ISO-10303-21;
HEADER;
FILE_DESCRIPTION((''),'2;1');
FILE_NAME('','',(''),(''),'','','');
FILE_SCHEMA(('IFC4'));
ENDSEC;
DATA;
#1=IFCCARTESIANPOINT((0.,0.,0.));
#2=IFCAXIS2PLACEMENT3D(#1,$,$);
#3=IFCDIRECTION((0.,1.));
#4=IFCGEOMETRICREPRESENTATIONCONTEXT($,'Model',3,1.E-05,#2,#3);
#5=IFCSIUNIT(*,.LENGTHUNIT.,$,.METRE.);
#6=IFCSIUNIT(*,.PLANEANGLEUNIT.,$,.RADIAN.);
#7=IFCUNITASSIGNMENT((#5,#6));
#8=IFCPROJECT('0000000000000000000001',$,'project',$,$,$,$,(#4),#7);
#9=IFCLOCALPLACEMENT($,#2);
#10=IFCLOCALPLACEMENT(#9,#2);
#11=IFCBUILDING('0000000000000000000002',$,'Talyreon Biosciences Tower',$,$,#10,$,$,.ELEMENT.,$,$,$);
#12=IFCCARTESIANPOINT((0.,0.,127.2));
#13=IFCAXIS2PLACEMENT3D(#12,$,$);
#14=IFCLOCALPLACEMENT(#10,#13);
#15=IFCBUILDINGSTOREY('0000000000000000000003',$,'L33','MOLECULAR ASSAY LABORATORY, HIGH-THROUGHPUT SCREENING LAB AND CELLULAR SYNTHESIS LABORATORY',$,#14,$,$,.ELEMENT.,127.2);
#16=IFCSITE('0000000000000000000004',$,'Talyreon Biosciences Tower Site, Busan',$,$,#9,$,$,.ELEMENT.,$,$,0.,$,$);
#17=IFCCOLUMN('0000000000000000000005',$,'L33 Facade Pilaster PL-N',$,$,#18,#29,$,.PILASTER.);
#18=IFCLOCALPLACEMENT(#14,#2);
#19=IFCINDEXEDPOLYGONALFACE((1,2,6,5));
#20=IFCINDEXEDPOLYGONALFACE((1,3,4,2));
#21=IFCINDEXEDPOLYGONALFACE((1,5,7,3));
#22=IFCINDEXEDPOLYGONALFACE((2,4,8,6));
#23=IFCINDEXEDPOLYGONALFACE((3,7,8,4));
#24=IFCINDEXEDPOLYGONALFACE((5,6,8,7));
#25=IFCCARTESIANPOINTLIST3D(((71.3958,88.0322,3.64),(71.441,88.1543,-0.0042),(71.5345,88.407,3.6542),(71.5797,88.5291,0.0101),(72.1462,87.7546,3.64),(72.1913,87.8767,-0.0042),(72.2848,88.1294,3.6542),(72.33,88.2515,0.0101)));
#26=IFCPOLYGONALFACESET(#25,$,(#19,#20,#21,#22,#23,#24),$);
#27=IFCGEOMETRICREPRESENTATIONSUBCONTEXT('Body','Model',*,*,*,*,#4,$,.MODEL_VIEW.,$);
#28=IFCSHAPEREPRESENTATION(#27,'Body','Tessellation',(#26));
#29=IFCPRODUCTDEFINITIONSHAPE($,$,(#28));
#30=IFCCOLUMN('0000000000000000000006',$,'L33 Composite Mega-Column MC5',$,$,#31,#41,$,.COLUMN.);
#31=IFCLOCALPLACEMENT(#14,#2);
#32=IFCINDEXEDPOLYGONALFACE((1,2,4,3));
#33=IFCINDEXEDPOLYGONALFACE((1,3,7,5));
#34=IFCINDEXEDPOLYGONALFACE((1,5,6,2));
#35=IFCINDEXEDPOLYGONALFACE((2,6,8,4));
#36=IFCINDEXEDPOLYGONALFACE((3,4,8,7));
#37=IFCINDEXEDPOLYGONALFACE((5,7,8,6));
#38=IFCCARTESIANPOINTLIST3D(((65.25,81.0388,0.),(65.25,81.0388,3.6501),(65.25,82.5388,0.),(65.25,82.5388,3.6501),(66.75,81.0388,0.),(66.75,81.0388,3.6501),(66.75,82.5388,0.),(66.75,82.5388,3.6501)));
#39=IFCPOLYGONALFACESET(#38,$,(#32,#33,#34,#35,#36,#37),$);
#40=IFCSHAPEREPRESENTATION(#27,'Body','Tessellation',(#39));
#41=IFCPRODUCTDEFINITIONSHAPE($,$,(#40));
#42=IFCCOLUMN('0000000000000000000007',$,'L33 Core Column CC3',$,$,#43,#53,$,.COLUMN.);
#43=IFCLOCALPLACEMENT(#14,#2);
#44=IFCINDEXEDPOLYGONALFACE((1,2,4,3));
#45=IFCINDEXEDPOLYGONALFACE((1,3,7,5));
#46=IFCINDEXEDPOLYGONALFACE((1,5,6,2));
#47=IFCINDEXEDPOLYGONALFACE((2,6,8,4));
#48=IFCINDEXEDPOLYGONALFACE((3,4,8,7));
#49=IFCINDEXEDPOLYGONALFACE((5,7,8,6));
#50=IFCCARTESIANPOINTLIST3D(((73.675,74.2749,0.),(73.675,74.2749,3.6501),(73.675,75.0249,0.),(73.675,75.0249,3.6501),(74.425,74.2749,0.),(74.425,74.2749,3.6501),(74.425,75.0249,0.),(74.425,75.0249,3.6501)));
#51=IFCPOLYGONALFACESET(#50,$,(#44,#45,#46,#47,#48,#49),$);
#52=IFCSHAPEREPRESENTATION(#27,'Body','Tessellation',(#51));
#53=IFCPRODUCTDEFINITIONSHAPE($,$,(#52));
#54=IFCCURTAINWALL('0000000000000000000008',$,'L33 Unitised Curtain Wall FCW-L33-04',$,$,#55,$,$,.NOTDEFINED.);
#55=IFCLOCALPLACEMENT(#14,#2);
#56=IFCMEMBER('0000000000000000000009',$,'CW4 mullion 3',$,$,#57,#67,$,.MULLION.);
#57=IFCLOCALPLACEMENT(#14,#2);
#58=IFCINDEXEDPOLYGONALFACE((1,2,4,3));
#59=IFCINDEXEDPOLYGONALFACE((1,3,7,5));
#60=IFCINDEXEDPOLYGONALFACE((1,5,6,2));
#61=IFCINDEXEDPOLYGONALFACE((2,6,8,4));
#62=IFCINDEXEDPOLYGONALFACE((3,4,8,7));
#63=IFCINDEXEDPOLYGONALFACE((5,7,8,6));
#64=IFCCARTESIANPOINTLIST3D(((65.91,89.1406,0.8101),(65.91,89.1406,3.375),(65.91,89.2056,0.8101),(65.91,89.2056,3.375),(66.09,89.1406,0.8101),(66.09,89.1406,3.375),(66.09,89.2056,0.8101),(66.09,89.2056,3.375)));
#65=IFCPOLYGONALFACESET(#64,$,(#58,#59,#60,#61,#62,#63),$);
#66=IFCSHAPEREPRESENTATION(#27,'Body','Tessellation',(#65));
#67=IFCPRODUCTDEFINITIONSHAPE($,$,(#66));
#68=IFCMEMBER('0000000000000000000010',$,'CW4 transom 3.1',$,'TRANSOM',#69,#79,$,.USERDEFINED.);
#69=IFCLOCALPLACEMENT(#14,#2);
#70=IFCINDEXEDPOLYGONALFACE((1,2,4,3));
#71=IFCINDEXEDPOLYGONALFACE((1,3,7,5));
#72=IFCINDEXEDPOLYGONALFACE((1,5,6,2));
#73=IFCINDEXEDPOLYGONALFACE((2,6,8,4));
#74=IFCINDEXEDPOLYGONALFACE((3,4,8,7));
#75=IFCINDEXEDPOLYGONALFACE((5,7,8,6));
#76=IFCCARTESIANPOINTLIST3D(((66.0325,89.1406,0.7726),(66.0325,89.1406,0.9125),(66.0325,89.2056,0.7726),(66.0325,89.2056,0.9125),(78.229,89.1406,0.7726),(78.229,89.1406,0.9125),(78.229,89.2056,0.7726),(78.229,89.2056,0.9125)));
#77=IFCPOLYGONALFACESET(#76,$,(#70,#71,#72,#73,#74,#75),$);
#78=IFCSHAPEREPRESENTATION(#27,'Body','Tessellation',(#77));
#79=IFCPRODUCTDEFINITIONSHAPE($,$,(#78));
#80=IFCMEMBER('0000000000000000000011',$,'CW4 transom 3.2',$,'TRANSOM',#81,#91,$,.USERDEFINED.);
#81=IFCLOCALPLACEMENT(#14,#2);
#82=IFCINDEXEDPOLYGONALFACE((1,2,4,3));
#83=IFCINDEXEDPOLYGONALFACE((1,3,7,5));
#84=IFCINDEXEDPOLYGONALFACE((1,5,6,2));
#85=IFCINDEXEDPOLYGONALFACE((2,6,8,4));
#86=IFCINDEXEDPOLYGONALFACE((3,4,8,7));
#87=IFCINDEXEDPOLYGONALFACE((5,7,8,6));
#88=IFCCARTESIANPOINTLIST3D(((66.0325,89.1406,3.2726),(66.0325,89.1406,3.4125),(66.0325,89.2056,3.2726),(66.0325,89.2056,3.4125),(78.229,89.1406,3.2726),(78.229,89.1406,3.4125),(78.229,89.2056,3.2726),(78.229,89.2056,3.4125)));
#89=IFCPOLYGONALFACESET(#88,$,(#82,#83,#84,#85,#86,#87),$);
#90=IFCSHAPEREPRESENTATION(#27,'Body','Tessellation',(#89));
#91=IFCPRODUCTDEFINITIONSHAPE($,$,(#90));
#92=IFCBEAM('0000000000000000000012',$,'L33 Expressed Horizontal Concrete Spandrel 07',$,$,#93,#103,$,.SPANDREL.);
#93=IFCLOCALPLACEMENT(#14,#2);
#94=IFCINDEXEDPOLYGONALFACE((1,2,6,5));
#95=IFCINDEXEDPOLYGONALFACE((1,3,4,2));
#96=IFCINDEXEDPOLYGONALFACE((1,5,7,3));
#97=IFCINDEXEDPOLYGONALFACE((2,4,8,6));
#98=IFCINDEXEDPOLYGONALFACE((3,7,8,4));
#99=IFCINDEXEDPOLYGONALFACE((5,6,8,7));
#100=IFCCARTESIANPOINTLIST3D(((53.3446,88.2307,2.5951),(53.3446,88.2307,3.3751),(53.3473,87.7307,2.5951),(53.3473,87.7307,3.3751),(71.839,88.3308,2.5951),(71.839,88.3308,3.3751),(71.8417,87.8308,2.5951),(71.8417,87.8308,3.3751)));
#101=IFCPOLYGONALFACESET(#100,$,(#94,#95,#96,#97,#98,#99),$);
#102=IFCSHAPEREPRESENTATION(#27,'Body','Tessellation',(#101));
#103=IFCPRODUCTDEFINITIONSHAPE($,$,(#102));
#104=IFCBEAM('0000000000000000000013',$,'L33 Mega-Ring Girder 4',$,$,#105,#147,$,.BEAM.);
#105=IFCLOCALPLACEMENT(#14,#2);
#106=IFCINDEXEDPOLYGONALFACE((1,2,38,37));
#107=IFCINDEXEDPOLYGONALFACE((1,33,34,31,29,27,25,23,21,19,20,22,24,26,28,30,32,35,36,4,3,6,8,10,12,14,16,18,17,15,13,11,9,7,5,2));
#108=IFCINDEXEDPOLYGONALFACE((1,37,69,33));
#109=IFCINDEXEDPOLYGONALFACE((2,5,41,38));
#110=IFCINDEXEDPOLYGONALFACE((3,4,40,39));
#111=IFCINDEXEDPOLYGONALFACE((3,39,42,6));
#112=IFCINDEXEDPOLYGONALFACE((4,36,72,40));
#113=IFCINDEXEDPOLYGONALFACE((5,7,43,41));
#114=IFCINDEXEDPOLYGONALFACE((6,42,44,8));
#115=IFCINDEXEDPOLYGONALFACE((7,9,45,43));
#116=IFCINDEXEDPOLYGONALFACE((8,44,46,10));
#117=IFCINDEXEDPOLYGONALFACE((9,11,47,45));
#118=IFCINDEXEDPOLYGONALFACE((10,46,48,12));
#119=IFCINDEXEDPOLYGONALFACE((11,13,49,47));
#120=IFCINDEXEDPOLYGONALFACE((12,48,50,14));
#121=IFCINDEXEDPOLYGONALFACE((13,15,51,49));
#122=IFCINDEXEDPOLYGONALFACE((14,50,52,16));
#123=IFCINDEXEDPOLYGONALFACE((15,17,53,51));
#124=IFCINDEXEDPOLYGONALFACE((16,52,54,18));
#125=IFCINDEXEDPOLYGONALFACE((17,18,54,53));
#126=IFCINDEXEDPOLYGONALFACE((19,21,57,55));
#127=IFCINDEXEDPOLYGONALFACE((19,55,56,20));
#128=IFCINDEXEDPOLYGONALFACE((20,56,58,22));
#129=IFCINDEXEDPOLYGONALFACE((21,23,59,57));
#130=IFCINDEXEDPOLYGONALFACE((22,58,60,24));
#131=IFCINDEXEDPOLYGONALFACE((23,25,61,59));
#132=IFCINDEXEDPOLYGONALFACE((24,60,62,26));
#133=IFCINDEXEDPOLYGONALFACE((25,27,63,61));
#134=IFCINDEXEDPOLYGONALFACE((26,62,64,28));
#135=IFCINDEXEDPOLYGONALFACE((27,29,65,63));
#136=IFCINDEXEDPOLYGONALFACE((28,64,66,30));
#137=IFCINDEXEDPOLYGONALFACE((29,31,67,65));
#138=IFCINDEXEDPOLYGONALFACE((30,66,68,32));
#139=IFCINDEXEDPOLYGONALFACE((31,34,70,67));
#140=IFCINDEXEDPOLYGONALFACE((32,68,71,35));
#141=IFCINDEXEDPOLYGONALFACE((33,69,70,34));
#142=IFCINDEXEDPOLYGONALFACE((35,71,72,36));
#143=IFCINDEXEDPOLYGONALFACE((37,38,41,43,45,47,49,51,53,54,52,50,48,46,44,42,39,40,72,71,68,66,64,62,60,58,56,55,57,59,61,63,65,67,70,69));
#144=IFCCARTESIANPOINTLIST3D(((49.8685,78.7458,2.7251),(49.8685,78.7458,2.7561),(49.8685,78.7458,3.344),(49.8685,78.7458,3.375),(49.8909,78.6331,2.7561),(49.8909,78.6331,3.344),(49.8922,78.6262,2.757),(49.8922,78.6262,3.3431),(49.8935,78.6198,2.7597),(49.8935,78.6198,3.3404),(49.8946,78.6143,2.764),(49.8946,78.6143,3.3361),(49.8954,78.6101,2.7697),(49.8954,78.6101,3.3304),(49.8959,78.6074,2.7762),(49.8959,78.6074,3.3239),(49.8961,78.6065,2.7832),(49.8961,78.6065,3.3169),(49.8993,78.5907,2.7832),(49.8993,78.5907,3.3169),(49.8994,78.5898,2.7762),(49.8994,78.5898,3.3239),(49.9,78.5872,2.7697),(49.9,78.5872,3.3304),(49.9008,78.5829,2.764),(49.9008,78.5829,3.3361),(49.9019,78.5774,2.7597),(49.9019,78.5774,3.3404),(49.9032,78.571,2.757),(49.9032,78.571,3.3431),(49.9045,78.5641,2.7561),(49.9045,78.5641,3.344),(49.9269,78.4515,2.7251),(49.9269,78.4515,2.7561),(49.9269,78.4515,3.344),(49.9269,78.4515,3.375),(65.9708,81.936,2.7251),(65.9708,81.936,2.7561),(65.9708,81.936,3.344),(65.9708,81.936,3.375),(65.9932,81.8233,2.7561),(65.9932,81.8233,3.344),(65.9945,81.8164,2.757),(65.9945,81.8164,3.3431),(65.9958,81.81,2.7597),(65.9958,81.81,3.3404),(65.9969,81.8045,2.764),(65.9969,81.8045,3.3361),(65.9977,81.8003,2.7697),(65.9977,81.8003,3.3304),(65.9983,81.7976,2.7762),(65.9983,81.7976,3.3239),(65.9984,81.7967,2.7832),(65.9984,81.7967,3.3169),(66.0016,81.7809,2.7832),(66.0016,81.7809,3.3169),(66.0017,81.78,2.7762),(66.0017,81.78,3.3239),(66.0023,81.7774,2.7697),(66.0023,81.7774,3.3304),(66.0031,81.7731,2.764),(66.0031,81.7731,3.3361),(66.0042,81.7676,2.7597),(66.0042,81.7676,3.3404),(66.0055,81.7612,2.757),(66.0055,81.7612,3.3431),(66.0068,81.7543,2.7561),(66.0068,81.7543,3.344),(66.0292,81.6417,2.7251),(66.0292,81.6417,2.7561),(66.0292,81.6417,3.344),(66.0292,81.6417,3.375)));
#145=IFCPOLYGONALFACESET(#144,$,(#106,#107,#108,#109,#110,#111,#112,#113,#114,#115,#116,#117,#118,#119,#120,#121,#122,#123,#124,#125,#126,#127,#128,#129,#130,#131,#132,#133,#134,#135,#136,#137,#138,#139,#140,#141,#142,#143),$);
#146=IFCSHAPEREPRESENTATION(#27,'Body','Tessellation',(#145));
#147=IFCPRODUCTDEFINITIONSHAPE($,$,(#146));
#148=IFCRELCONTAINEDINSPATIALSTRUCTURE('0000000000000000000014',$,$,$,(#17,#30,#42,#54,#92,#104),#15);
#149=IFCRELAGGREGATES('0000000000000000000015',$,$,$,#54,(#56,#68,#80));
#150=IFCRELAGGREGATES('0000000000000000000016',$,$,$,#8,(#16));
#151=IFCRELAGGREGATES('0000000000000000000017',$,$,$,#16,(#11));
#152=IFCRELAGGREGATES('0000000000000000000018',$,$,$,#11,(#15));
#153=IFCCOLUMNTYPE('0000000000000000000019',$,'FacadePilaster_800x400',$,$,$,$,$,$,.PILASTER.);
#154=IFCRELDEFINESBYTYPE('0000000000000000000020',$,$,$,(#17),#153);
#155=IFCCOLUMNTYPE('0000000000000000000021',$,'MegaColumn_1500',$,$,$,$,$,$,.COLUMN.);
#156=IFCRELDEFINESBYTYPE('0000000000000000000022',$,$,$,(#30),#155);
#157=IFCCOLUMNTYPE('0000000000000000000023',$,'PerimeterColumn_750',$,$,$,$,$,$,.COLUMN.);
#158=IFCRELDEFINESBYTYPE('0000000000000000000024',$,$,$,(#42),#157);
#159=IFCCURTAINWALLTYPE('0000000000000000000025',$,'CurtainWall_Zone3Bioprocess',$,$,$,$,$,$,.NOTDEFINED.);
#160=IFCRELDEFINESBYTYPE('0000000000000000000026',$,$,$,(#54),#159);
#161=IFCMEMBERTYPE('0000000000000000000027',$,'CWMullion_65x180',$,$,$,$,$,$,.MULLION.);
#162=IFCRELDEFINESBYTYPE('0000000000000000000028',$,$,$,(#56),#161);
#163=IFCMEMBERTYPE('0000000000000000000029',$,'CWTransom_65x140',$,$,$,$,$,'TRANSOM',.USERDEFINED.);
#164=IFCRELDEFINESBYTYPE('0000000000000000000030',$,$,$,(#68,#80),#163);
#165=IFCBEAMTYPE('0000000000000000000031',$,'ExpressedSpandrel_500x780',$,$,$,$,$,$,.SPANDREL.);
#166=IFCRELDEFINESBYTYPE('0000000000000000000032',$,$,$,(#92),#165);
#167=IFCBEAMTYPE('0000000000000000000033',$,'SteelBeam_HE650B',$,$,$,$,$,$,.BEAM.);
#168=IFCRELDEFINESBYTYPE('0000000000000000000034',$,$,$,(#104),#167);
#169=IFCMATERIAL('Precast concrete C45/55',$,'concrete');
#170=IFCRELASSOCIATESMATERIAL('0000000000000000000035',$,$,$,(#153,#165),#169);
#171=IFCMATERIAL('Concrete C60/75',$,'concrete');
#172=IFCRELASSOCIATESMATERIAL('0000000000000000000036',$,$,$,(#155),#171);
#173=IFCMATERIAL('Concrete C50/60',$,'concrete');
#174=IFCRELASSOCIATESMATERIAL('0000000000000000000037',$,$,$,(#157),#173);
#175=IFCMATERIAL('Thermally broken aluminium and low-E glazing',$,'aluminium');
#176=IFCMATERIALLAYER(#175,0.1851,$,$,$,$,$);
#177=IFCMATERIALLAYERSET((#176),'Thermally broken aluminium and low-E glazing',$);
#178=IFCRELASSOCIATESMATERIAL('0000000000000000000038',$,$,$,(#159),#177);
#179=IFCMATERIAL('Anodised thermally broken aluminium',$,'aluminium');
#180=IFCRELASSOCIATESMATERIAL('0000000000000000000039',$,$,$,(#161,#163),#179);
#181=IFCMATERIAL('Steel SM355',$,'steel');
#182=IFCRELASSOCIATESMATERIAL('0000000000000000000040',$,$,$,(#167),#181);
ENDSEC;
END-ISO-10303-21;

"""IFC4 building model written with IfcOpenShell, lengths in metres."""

from ifc_helpers import new_model, si_unit, direction, frame, origin, origin_2d, place, context, subcontext, project, spatial, rectangle, i_section, extrude, material, layer, layer_set, material_profile, profile_set, type_object, element, aggregate, save


model = new_model("IFC4")

# Units and contexts
model_context = context("Model", 3, precision=1e-05, world=origin(), true_north=direction((0.0, 1.0)))
body_context = subcontext(model_context, "Body", "Model", "MODEL_VIEW")
ifc_project = project(units=[si_unit("LENGTHUNIT", "METRE"), si_unit("PLANEANGLEUNIT", "RADIAN")], contexts=[model_context])

# Site, building, storey
site_placement = place(None, origin())
site = spatial("IfcSite", under=ifc_project, at=site_placement, Name="Talyreon Biosciences Tower Site, Busan", CompositionType="ELEMENT", RefElevation=0.0)
building_placement = place(site_placement, origin())
building = spatial("IfcBuilding", under=site, at=building_placement, Name="Talyreon Biosciences Tower", CompositionType="ELEMENT")
storey_placement = place(building_placement, frame((0.0, 0.0, 127.2)))
storey = spatial("IfcBuildingStorey", under=building, at=storey_placement, Name="L33", Description="MOLECULAR ASSAY LABORATORY, HIGH-THROUGHPUT SCREENING LAB AND CELLULAR SYNTHESIS LABORATORY", CompositionType="ELEMENT", Elevation=127.2)

# Columns
ifc_material_1 = material(Name="Precast concrete C45/55", Category="concrete")
ifc_material_profile_1 = material_profile(ifc_material_1, rectangle(XDim=0.8, YDim=0.3999, at=origin_2d()), Name="RC 800x400")
ifc_profile_set_1 = profile_set([ifc_material_profile_1], Name="Precast concrete C45/55")
column_type_1 = type_object("IfcColumnType", Name="FacadePilaster_800x400", PredefinedType="PILASTER", material=ifc_profile_set_1)
column_1_placement = place(storey_placement, frame((71.8855, 88.2029, 0.0029), z_axis=(-0.012387, -0.033477, 0.999363), x_axis=(-0.937862, 0.347009, 0.0)))
element("IfcColumn", 1, at=column_1_placement, inside=storey, type_object=column_type_1, Name="L33 Facade Pilaster PL-N", PredefinedType="PILASTER", context=body_context, shape_type="SweptSolid", body=[
    extrude(rectangle(XDim=0.8, YDim=0.3999, at=origin_2d()), origin(), (0.0, 0.0, 1.0), 3.6465),
])
ifc_material_2 = material(Name="Concrete C60/75", Category="concrete")
ifc_material_profile_2 = material_profile(ifc_material_2, rectangle(XDim=1.5, YDim=1.5, at=origin_2d()), Name="RC 1500x1500")
ifc_profile_set_2 = profile_set([ifc_material_profile_2], Name="Concrete C60/75")
column_type_2 = type_object("IfcColumnType", Name="MegaColumn_1500", PredefinedType="COLUMN", material=ifc_profile_set_2)
column_2_placement = place(storey_placement, frame((66.0, 81.7888, 0.0), z_axis=(0.0, 0.0, 1.0), x_axis=(1.0, 0.0, 0.0)))
element("IfcColumn", 2, at=column_2_placement, inside=storey, type_object=column_type_2, Name="L33 Composite Mega-Column MC5", PredefinedType="COLUMN", context=body_context, shape_type="SweptSolid", body=[
    extrude(rectangle(XDim=1.5, YDim=1.5, at=origin_2d()), origin(), (0.0, 0.0, 1.0), 3.6501),
])
ifc_material_3 = material(Name="Concrete C50/60", Category="concrete")
ifc_material_profile_3 = material_profile(ifc_material_3, rectangle(XDim=0.75, YDim=0.75, at=origin_2d()), Name="RC 750x750")
ifc_profile_set_3 = profile_set([ifc_material_profile_3], Name="Concrete C50/60")
column_type_3 = type_object("IfcColumnType", Name="PerimeterColumn_750", PredefinedType="COLUMN", material=ifc_profile_set_3)
column_3_placement = place(storey_placement, frame((74.05, 74.6499, 0.0), z_axis=(0.0, 0.0, 1.0), x_axis=(1.0, 0.0, 0.0)))
element("IfcColumn", 3, at=column_3_placement, inside=storey, type_object=column_type_3, Name="L33 Core Column CC3", PredefinedType="COLUMN", context=body_context, shape_type="SweptSolid", body=[
    extrude(rectangle(XDim=0.75, YDim=0.75, at=origin_2d()), origin(), (0.0, 0.0, 1.0), 3.6501),
])

# Curtain wall, members
ifc_material_4 = material(Name="Thermally broken aluminium and low-E glazing", Category="aluminium")
ifc_layer_1 = layer(ifc_material_4, 0.1851)
ifc_layer_set_1 = layer_set([ifc_layer_1], Name="Thermally broken aluminium and low-E glazing")
curtain_wall_type = type_object("IfcCurtainWallType", Name="CurtainWall_Zone3Bioprocess", PredefinedType="NOTDEFINED", material=ifc_layer_set_1)
curtain_wall_placement = place(storey_placement, origin())
curtain_wall = element("IfcCurtainWall", 4, at=curtain_wall_placement, inside=storey, type_object=curtain_wall_type, Name="L33 Unitised Curtain Wall FCW-L33-04", PredefinedType="NOTDEFINED")
ifc_material_5 = material(Name="Anodised thermally broken aluminium", Category="aluminium")
ifc_material_profile_4 = material_profile(ifc_material_5, rectangle(XDim=0.0649, YDim=0.1799, at=origin_2d()), Name="ALUM MULLION 65x180")
ifc_profile_set_4 = profile_set([ifc_material_profile_4], Name="Anodised thermally broken aluminium")
member_type_1 = type_object("IfcMemberType", Name="CWMullion_65x180", PredefinedType="MULLION", material=ifc_profile_set_4)
member_1_placement = place(storey_placement, frame((66.0, 89.1731, 0.8101), z_axis=(0.0, 0.0, 1.0), x_axis=(0.0, 1.0, 0.0)))
member_1 = element("IfcMember", 5, at=member_1_placement, type_object=member_type_1, Name="CW4 mullion 3", PredefinedType="MULLION", context=body_context, shape_type="SweptSolid", body=[
    extrude(rectangle(XDim=0.0649, YDim=0.1799, at=origin_2d()), origin(), (0.0, 0.0, 1.0), 2.5649),
])
ifc_material_profile_5 = material_profile(ifc_material_5, rectangle(XDim=0.0649, YDim=0.1399, at=origin_2d()), Name="ALUM TRANSOM 65x140")
ifc_profile_set_5 = profile_set([ifc_material_profile_5], Name="Anodised thermally broken aluminium")
member_type_2 = type_object("IfcMemberType", Name="CWTransom_65x140", ElementType="TRANSOM", PredefinedType="USERDEFINED", material=ifc_profile_set_5)
member_2_placement = place(storey_placement, frame((66.0325, 89.1731, 0.8425), z_axis=(1.0, 0.0, 0.0), x_axis=(0.0, 1.0, 0.0)))
member_2 = element("IfcMember", 6, at=member_2_placement, type_object=member_type_2, Name="CW4 transom 3.1", ObjectType="TRANSOM", PredefinedType="USERDEFINED", context=body_context, shape_type="SweptSolid", body=[
    extrude(rectangle(XDim=0.0649, YDim=0.1399, at=origin_2d()), origin(), (0.0, 0.0, 1.0), 12.1965),
])
member_3_placement = place(storey_placement, frame((66.0325, 89.1731, 3.3425), z_axis=(1.0, 0.0, 0.0), x_axis=(0.0, 1.0, 0.0)))
member_3 = element("IfcMember", 7, at=member_3_placement, type_object=member_type_2, Name="CW4 transom 3.2", ObjectType="TRANSOM", PredefinedType="USERDEFINED", context=body_context, shape_type="SweptSolid", body=[
    extrude(rectangle(XDim=0.0649, YDim=0.1399, at=origin_2d()), origin(), (0.0, 0.0, 1.0), 12.1965),
])

# Beams
ifc_material_profile_6 = material_profile(ifc_material_1, rectangle(XDim=0.5, YDim=0.78, at=origin_2d()), Name="RCB 500x780")
ifc_profile_set_6 = profile_set([ifc_material_profile_6], Name="Precast concrete C45/55")
beam_type_1 = type_object("IfcBeamType", Name="ExpressedSpandrel_500x780", PredefinedType="SPANDREL", material=ifc_profile_set_6)
beam_1_placement = place(storey_placement, frame((71.8403, 88.0808, 2.9851), z_axis=(-0.999985, -0.005412, 0.0), x_axis=(0.005412, -0.999985, 0.0)))
element("IfcBeam", 8, at=beam_1_placement, inside=storey, type_object=beam_type_1, Name="L33 Expressed Horizontal Concrete Spandrel 07", PredefinedType="SPANDREL", context=body_context, shape_type="SweptSolid", body=[
    extrude(rectangle(XDim=0.5, YDim=0.78, at=origin_2d()), origin(), (0.0, 0.0, 1.0), 18.4946),
])
ifc_material_6 = material(Name="Steel SM355", Category="steel")
ifc_material_profile_7 = material_profile(ifc_material_6, i_section(OverallWidth=0.3, OverallDepth=0.6499, WebThickness=0.0161, FlangeThickness=0.031, FilletRadius=0.0271, at=origin_2d()), Name="HE650B")
ifc_profile_set_7 = profile_set([ifc_material_profile_7], Name="Steel SM355")
beam_type_2 = type_object("IfcBeamType", Name="SteelBeam_HE650B", PredefinedType="BEAM", material=ifc_profile_set_7)
beam_2_placement = place(storey_placement, frame((66.0, 81.7888, 3.05), z_axis=(-0.980934, -0.194343, 0.0), x_axis=(0.194343, -0.980934, 0.0)))
element("IfcBeam", 9, at=beam_2_placement, inside=storey, type_object=beam_type_2, Name="L33 Mega-Ring Girder 4", PredefinedType="BEAM", context=body_context, shape_type="SweptSolid", body=[
    extrude(i_section(OverallWidth=0.3, OverallDepth=0.6499, WebThickness=0.0161, FlangeThickness=0.031, FilletRadius=0.0271, at=origin_2d()), origin(), (0.0, 0.0, 1.0), 16.4153),
])

aggregate(curtain_wall, [member_1, member_2, member_3])

save(model, "model.ifc")
